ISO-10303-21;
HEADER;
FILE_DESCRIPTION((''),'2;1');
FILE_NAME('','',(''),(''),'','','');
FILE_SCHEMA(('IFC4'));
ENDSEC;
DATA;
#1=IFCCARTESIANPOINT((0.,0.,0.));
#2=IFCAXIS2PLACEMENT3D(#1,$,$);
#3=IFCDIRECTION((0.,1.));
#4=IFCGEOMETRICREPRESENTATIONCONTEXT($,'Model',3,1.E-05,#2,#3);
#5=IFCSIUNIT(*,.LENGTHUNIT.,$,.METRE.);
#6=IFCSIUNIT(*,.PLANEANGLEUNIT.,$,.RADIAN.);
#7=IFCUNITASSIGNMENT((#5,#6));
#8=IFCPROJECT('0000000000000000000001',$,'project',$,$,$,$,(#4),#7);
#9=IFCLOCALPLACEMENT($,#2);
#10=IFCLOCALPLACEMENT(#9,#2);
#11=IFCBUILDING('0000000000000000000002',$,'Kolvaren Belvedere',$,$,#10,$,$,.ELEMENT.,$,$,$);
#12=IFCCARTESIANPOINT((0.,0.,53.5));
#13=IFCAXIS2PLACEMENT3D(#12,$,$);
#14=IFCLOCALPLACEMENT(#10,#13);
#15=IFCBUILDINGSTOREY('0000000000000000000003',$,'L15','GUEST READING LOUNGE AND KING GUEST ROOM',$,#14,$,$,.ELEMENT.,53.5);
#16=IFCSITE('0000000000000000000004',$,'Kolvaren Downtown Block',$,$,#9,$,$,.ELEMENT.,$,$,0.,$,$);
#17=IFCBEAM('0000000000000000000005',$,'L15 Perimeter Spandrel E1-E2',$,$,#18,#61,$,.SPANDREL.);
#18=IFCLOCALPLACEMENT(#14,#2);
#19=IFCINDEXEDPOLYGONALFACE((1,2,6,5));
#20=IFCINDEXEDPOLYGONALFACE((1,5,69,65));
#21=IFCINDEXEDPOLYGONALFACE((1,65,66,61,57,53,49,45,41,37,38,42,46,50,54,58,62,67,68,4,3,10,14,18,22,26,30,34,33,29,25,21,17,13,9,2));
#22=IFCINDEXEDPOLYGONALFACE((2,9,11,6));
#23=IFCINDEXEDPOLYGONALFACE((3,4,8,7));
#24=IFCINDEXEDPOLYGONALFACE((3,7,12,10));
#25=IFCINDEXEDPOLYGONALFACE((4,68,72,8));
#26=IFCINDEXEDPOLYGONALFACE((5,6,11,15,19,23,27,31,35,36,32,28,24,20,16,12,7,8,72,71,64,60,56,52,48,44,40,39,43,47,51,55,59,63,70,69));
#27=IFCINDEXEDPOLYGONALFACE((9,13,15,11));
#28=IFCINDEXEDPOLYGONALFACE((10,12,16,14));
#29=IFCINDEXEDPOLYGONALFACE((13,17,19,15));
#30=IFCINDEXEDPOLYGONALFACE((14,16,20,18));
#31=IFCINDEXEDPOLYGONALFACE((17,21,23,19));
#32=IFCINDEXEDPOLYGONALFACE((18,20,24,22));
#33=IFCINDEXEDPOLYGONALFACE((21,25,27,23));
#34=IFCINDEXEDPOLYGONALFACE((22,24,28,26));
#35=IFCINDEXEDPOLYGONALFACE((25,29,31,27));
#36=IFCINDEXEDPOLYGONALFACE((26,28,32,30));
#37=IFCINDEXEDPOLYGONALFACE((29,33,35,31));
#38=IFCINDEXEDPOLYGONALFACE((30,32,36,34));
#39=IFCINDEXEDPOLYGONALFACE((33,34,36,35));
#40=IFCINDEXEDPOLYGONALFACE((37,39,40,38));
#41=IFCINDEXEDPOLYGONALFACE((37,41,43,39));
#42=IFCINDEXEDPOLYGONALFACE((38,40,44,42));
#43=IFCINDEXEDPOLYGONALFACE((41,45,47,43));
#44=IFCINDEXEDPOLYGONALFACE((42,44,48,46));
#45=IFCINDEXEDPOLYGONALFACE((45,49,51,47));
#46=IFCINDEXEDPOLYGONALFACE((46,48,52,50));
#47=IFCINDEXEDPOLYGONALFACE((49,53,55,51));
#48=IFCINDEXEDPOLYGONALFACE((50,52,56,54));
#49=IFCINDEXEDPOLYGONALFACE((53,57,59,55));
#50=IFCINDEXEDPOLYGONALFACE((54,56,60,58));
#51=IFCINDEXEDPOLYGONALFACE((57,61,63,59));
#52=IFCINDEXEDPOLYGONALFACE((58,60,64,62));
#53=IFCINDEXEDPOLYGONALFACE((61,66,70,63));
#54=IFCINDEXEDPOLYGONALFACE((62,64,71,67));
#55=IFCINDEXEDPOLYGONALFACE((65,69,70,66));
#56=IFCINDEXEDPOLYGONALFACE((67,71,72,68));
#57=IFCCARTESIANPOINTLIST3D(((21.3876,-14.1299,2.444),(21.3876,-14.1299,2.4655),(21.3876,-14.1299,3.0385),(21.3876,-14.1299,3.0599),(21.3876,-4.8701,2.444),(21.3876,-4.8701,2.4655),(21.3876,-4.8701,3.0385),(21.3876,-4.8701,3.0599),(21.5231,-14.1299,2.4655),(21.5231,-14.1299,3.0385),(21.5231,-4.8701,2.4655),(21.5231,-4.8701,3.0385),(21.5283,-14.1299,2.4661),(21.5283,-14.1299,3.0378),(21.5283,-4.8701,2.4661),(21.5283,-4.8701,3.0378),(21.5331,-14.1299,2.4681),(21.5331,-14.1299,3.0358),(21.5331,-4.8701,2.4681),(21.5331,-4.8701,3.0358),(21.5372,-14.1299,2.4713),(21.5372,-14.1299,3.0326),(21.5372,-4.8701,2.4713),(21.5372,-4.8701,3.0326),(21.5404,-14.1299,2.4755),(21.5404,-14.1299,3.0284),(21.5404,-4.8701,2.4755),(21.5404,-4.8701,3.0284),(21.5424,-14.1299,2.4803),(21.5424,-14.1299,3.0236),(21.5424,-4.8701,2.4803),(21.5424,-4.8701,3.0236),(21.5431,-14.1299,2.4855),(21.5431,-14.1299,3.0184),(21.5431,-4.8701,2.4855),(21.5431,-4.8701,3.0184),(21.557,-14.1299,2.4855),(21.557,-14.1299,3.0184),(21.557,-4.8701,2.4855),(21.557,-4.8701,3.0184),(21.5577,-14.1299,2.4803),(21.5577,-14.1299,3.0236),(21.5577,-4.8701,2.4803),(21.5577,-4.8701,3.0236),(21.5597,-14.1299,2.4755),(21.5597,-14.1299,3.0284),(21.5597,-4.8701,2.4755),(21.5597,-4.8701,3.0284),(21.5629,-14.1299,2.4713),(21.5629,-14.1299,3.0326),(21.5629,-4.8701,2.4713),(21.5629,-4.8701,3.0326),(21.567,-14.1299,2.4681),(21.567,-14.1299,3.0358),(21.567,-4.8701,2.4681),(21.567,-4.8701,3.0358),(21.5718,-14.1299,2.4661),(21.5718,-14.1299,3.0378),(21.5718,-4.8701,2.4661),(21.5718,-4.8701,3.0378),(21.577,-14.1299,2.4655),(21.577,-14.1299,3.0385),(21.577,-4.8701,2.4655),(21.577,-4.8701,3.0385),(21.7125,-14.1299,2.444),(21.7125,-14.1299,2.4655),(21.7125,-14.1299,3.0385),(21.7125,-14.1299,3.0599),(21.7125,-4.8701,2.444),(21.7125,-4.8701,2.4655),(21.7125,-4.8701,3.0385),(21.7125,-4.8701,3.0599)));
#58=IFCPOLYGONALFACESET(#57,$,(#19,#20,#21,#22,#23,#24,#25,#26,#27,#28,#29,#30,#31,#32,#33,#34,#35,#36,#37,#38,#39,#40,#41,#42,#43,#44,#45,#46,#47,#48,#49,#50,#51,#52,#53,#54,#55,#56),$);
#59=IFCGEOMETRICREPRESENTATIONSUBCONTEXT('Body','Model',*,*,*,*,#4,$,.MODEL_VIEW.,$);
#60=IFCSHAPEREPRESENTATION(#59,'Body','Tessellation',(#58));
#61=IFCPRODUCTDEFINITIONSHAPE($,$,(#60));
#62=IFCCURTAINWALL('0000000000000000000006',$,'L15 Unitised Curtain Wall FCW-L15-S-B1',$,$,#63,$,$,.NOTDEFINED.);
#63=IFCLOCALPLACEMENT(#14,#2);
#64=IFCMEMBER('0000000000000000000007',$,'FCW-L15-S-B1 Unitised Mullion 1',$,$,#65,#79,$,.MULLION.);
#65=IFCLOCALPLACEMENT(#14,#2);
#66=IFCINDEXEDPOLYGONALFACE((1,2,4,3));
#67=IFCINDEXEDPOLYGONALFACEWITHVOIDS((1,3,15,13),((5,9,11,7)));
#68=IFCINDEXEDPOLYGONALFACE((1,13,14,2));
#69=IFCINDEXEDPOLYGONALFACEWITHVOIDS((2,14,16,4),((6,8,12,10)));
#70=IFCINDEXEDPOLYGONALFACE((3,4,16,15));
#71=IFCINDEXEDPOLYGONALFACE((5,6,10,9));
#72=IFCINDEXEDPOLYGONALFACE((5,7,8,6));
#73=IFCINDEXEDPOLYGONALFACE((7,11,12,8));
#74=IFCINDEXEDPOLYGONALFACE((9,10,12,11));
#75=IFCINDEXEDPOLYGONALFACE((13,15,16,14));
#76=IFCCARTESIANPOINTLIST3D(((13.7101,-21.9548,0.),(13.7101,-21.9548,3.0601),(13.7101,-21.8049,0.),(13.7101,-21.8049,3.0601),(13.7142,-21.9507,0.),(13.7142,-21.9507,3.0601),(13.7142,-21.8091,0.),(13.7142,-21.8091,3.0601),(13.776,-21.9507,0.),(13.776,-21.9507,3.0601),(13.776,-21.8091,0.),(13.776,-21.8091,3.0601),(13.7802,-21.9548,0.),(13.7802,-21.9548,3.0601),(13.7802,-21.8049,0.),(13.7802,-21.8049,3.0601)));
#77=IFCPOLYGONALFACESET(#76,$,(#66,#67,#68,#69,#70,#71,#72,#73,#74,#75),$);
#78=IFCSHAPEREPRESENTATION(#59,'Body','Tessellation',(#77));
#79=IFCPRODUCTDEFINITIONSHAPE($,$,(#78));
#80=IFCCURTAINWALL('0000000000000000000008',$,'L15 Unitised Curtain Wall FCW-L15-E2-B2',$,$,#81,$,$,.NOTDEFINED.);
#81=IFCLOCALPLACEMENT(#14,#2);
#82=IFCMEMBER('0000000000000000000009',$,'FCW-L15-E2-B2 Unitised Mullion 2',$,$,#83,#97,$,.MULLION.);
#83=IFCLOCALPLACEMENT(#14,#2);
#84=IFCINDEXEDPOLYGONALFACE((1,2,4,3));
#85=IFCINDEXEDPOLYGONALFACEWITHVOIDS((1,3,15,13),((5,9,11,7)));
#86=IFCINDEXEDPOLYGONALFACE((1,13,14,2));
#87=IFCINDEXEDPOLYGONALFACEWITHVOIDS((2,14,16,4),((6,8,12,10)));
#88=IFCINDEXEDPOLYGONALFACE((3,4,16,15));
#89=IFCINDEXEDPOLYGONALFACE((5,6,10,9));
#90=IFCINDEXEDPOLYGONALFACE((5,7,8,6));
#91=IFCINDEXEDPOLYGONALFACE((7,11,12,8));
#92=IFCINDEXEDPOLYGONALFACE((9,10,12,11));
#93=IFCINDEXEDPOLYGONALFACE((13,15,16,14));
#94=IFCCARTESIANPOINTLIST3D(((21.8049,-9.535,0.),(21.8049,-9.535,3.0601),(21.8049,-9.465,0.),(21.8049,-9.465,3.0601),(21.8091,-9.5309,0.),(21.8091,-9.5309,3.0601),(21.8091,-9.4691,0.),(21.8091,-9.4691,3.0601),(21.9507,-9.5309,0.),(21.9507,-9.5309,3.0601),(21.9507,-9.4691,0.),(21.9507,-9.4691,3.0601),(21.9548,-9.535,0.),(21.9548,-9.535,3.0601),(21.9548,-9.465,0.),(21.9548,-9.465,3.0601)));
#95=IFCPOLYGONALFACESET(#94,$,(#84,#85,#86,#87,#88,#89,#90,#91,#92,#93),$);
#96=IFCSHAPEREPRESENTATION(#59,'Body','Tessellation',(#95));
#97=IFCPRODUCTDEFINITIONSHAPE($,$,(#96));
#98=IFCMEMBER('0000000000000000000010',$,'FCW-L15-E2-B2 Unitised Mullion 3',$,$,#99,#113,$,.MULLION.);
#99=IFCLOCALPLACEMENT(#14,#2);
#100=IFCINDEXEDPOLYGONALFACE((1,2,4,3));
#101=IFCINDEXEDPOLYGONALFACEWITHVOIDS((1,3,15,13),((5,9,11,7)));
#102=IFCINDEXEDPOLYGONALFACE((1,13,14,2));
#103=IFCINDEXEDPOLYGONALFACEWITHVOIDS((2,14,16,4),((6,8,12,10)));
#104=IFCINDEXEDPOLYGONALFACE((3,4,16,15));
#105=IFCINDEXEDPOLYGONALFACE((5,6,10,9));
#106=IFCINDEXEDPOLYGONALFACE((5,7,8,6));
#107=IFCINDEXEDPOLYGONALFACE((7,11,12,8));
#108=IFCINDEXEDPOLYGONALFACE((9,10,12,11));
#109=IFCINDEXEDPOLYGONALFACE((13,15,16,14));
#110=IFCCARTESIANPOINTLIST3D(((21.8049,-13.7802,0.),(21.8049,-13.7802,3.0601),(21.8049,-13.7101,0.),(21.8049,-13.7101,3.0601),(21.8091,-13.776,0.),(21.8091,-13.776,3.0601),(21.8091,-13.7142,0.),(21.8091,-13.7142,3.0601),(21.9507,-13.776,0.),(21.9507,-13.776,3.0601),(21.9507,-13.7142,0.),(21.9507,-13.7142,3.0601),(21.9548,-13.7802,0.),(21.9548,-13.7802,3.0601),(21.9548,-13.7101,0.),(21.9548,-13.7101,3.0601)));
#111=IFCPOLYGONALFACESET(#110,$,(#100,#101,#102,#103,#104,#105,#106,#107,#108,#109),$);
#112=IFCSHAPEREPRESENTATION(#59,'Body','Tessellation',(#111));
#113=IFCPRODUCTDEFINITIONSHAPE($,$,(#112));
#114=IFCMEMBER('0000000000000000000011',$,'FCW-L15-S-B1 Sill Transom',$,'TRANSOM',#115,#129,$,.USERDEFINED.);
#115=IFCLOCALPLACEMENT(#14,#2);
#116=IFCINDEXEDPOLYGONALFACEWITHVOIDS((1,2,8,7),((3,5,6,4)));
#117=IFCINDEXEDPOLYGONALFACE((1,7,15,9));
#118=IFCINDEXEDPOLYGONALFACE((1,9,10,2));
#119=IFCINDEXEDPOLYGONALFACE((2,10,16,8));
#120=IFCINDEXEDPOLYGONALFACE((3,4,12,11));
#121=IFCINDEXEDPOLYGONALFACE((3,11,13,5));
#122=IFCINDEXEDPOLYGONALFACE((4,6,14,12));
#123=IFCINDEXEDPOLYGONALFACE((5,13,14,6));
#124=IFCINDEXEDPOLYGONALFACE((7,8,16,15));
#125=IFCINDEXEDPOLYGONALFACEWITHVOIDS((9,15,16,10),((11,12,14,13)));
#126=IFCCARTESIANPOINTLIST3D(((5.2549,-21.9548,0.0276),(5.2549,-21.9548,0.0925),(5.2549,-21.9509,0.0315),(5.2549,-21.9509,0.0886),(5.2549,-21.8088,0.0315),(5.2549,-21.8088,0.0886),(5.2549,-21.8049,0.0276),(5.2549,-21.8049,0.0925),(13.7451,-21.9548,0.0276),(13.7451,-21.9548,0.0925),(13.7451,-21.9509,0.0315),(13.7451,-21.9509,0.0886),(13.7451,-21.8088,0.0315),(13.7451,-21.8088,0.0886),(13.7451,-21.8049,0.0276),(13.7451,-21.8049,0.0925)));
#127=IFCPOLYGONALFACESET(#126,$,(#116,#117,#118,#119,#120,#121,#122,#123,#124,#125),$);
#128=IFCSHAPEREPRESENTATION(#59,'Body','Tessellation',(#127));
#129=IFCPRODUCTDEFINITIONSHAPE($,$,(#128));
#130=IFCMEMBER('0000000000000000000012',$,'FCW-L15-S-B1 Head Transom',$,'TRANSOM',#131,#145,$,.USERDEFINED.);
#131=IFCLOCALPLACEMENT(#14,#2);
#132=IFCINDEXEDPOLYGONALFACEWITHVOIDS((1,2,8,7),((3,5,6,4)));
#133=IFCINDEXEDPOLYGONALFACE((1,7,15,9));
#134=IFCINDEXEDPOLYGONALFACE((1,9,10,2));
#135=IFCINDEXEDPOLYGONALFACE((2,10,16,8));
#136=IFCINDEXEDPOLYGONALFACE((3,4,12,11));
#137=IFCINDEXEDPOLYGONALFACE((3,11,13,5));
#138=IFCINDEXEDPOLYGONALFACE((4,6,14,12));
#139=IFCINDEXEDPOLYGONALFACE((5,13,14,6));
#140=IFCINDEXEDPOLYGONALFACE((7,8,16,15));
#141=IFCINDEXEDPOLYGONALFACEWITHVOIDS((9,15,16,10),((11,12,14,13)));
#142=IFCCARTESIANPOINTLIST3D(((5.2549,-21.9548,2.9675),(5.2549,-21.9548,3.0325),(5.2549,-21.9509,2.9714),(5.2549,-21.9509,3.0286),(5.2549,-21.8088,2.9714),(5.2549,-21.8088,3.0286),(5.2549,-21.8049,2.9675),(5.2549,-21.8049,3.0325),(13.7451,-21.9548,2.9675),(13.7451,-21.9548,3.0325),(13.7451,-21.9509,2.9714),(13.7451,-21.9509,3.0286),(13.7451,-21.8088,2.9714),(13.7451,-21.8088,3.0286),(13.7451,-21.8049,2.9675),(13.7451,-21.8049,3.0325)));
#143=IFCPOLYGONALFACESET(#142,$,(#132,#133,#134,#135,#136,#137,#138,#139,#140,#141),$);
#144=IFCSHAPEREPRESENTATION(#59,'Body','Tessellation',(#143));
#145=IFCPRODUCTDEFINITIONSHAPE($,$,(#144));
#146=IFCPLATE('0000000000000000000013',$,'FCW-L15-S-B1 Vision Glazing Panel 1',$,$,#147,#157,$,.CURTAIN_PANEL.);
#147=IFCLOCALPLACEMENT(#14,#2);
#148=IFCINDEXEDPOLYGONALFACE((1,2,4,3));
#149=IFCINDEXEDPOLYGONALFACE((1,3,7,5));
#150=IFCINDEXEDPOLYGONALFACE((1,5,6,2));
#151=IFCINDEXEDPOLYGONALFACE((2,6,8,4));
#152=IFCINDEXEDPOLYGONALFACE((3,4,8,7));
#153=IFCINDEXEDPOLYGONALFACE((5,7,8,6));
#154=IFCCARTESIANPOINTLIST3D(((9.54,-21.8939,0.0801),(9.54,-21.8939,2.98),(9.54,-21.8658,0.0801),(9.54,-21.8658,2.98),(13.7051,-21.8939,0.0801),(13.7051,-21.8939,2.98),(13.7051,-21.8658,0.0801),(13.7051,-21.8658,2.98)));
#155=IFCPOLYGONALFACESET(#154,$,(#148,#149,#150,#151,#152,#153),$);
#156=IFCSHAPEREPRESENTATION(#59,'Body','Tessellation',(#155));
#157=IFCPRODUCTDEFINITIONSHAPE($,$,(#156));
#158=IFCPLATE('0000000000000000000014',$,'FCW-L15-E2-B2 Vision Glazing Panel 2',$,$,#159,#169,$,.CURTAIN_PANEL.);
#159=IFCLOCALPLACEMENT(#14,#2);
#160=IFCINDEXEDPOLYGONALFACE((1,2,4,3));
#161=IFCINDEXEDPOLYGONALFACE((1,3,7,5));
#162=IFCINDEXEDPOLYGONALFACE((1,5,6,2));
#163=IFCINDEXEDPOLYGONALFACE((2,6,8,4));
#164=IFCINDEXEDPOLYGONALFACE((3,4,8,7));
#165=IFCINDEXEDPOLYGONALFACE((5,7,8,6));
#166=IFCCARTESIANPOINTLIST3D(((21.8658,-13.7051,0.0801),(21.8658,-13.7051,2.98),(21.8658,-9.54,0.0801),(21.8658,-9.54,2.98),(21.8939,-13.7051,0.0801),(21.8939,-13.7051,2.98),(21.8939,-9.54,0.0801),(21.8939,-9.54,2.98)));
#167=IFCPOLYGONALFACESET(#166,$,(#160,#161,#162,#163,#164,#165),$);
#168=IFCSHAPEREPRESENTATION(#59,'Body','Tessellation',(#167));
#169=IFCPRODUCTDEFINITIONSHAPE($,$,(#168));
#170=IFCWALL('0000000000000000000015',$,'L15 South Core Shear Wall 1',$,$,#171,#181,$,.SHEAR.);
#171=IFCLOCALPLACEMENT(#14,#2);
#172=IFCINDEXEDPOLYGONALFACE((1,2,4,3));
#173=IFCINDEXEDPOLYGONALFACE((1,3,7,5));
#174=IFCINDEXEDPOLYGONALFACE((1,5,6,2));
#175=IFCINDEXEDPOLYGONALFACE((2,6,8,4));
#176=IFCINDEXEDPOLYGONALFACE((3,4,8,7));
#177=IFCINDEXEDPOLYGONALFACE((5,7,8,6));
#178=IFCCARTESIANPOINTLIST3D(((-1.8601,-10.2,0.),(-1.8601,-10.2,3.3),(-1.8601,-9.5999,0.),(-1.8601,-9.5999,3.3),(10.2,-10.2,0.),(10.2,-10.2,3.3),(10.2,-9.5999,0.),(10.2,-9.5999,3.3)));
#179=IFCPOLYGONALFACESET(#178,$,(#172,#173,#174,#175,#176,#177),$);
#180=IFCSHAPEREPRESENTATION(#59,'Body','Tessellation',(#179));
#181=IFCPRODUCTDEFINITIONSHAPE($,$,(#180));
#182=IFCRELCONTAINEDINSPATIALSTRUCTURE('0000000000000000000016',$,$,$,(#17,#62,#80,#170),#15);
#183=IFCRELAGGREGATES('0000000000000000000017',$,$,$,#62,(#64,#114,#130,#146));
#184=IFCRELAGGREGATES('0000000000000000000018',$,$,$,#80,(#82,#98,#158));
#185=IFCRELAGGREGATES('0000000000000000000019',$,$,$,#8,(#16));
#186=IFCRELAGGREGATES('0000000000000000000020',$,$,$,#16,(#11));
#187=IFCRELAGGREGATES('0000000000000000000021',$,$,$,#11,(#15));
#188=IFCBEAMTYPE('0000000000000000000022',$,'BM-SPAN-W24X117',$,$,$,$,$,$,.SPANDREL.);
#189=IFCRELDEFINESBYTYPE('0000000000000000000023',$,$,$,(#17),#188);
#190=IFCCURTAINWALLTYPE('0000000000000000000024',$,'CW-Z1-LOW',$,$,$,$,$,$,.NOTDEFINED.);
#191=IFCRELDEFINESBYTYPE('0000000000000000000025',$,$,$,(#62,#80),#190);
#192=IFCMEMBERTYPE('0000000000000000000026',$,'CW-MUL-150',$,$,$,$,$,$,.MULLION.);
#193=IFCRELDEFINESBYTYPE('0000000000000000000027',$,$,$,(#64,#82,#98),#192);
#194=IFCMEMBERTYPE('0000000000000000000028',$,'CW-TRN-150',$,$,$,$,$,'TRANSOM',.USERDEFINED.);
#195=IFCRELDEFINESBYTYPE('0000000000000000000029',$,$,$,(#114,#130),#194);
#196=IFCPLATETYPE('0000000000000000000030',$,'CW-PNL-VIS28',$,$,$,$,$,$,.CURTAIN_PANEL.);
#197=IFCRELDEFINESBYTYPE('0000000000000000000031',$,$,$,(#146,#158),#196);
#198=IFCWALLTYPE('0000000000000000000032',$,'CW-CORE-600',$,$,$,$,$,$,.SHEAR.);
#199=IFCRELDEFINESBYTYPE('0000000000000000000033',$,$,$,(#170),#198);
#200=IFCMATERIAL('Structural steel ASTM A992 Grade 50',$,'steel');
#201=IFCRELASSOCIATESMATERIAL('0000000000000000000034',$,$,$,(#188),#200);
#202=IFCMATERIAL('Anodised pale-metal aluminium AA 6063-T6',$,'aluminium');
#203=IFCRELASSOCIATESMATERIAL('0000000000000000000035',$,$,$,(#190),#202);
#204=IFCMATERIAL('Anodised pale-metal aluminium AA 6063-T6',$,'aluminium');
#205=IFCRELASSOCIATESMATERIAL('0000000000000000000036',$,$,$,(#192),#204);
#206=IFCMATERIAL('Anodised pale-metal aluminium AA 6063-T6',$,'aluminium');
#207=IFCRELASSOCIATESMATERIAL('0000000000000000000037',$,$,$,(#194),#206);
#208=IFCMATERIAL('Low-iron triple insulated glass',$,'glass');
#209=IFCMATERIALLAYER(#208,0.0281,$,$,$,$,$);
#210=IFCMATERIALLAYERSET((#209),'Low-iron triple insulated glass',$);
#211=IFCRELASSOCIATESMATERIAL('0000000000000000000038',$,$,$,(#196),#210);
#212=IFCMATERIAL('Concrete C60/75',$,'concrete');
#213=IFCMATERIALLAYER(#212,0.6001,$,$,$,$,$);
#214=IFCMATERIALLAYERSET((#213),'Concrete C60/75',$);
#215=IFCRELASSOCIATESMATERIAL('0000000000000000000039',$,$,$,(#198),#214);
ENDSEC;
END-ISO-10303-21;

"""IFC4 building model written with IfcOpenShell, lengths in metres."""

from ifc_helpers import new_model, si_unit, direction, frame, frame_2d, origin, origin_2d, place, context, subcontext, project, spatial, rectangle, hollow_rectangle, i_section, extrude, material, layer, layer_set, material_profile, profile_set, type_object, element, aggregate, save


model = new_model("IFC4")

# Units and contexts
model_context = context("Model", 3, precision=1e-05, world=origin(), true_north=direction((0.0, 1.0)))
body_context = subcontext(model_context, "Body", "Model", "MODEL_VIEW")
ifc_project = project(units=[si_unit("LENGTHUNIT", "METRE"), si_unit("PLANEANGLEUNIT", "RADIAN")], contexts=[model_context])

# Site, building, storey
site_placement = place(None, origin())
site = spatial("IfcSite", under=ifc_project, at=site_placement, Name="Kolvaren Downtown Block", CompositionType="ELEMENT", RefElevation=0.0)
building_placement = place(site_placement, origin())
building = spatial("IfcBuilding", under=site, at=building_placement, Name="Kolvaren Belvedere", CompositionType="ELEMENT")
storey_placement = place(building_placement, frame((0.0, 0.0, 53.5)))
storey = spatial("IfcBuildingStorey", under=building, at=storey_placement, Name="L15", Description="GUEST READING LOUNGE AND KING GUEST ROOM", CompositionType="ELEMENT", Elevation=53.5)

# Beam
ifc_material_1 = material(Name="Structural steel ASTM A992 Grade 50", Category="steel")
ifc_material_profile_1 = material_profile(ifc_material_1, i_section(OverallWidth=0.325, OverallDepth=0.616, WebThickness=0.0139, FlangeThickness=0.0215, FilletRadius=0.02, at=origin_2d()), Name="W24X117")
ifc_profile_set_1 = profile_set([ifc_material_profile_1], Name="Structural steel ASTM A992 Grade 50")
beam_type_1 = type_object("IfcBeamType", Name="BM-SPAN-W24X117", PredefinedType="SPANDREL", material=ifc_profile_set_1)
beam_1_placement = place(storey_placement, frame((21.55, -14.1299, 2.752), z_axis=(0.0, 1.0, 0.0), x_axis=(-1.0, 0.0, 0.0)))
element("IfcBeam", 1, at=beam_1_placement, inside=storey, type_object=beam_type_1, Name="L15 Perimeter Spandrel E1-E2", PredefinedType="SPANDREL", context=body_context, shape_type="SweptSolid", body=[
    extrude(i_section(OverallWidth=0.325, OverallDepth=0.616, WebThickness=0.0139, FlangeThickness=0.0215, FilletRadius=0.02, at=origin_2d()), origin(), (0.0, 0.0, 1.0), 9.2598),
])

# Curtain wall, member
ifc_material_2 = material(Name="Anodised pale-metal aluminium AA 6063-T6", Category="aluminium")
curtain_wall_type = type_object("IfcCurtainWallType", Name="CW-Z1-LOW", PredefinedType="NOTDEFINED", material=ifc_material_2)
curtain_wall_1_placement = place(storey_placement, origin())
curtain_wall_1 = element("IfcCurtainWall", 2, at=curtain_wall_1_placement, inside=storey, type_object=curtain_wall_type, Name="L15 Unitised Curtain Wall FCW-L15-S-B1", PredefinedType="NOTDEFINED")
ifc_material_3 = material(Name="Anodised pale-metal aluminium AA 6063-T6", Category="aluminium")
ifc_material_profile_2 = material_profile(ifc_material_3, hollow_rectangle(XDim=0.0701, YDim=0.1499, WallThickness=0.0042, at=origin_2d()), Name="ALU-MUL-150X70")
ifc_profile_set_2 = profile_set([ifc_material_profile_2], Name="Anodised pale-metal aluminium AA 6063-T6")
member_type_1 = type_object("IfcMemberType", Name="CW-MUL-150", PredefinedType="MULLION", material=ifc_profile_set_2)
member_1_placement = place(storey_placement, frame((13.7451, -21.8799, 0.0), z_axis=(0.0, 0.0, 1.0), x_axis=(1.0, 0.0, 0.0)))
member_1 = element("IfcMember", 3, at=member_1_placement, type_object=member_type_1, Name="FCW-L15-S-B1 Unitised Mullion 1", PredefinedType="MULLION", context=body_context, shape_type="SweptSolid", body=[
    extrude(hollow_rectangle(XDim=0.0701, YDim=0.1499, WallThickness=0.0042, at=origin_2d()), origin(), (0.0, 0.0, 1.0), 3.0601),
])

# Curtain wall, members
curtain_wall_2_placement = place(storey_placement, origin())
curtain_wall_2 = element("IfcCurtainWall", 4, at=curtain_wall_2_placement, inside=storey, type_object=curtain_wall_type, Name="L15 Unitised Curtain Wall FCW-L15-E2-B2", PredefinedType="NOTDEFINED")
member_2_placement = place(storey_placement, frame((21.8799, -9.5, 0.0), z_axis=(0.0, 0.0, 1.0), x_axis=(0.0, 1.0, 0.0)))
member_2 = element("IfcMember", 5, at=member_2_placement, type_object=member_type_1, Name="FCW-L15-E2-B2 Unitised Mullion 2", PredefinedType="MULLION", context=body_context, shape_type="SweptSolid", body=[
    extrude(hollow_rectangle(XDim=0.0701, YDim=0.1499, WallThickness=0.0042, at=origin_2d()), origin(), (0.0, 0.0, 1.0), 3.0601),
])
member_3_placement = place(storey_placement, frame((21.8799, -13.7451, 0.0), z_axis=(0.0, 0.0, 1.0), x_axis=(0.0, 1.0, 0.0)))
member_3 = element("IfcMember", 6, at=member_3_placement, type_object=member_type_1, Name="FCW-L15-E2-B2 Unitised Mullion 3", PredefinedType="MULLION", context=body_context, shape_type="SweptSolid", body=[
    extrude(hollow_rectangle(XDim=0.0701, YDim=0.1499, WallThickness=0.0042, at=origin_2d()), origin(), (0.0, 0.0, 1.0), 3.0601),
])

# Members
ifc_material_4 = material(Name="Anodised pale-metal aluminium AA 6063-T6", Category="aluminium")
ifc_material_profile_3 = material_profile(ifc_material_4, hollow_rectangle(XDim=0.0649, YDim=0.1499, WallThickness=0.0039, at=origin_2d()), Name="ALU-TRN-150X65")
ifc_profile_set_3 = profile_set([ifc_material_profile_3], Name="Anodised pale-metal aluminium AA 6063-T6")
member_type_2 = type_object("IfcMemberType", Name="CW-TRN-150", ElementType="TRANSOM", PredefinedType="USERDEFINED", material=ifc_profile_set_3)
member_4_placement = place(storey_placement, frame((13.7451, -21.8799, 0.0601), z_axis=(-1.0, 0.0, 0.0), x_axis=(0.0, 0.0, 1.0)))
member_4 = element("IfcMember", 7, at=member_4_placement, type_object=member_type_2, Name="FCW-L15-S-B1 Sill Transom", ObjectType="TRANSOM", PredefinedType="USERDEFINED", context=body_context, shape_type="SweptSolid", body=[
    extrude(hollow_rectangle(XDim=0.0649, YDim=0.1499, WallThickness=0.0039, at=origin_2d()), origin(), (0.0, 0.0, 1.0), 8.4902),
])
member_5_placement = place(storey_placement, frame((13.7451, -21.8799, 3.0), z_axis=(-1.0, 0.0, 0.0), x_axis=(0.0, 0.0, 1.0)))
member_5 = element("IfcMember", 8, at=member_5_placement, type_object=member_type_2, Name="FCW-L15-S-B1 Head Transom", ObjectType="TRANSOM", PredefinedType="USERDEFINED", context=body_context, shape_type="SweptSolid", body=[
    extrude(hollow_rectangle(XDim=0.0649, YDim=0.1499, WallThickness=0.0039, at=origin_2d()), origin(), (0.0, 0.0, 1.0), 8.4902),
])

# Plates
ifc_material_5 = material(Name="Low-iron triple insulated glass", Category="glass")
ifc_layer_1 = layer(ifc_material_5, 0.0281)
ifc_layer_set_1 = layer_set([ifc_layer_1], Name="Low-iron triple insulated glass")
plate_type = type_object("IfcPlateType", Name="CW-PNL-VIS28", PredefinedType="CURTAIN_PANEL", material=ifc_layer_set_1)
plate_1_placement = place(storey_placement, frame((11.6226, -21.8799, 0.0801), z_axis=(0.0, 0.0, 1.0), x_axis=(-1.0, 0.0, 0.0)))
plate_1 = element("IfcPlate", 9, at=plate_1_placement, type_object=plate_type, Name="FCW-L15-S-B1 Vision Glazing Panel 1", PredefinedType="CURTAIN_PANEL", context=body_context, shape_type="SweptSolid", body=[
    extrude(rectangle(XDim=4.165, YDim=0.0281, at=origin_2d()), origin(), (0.0, 0.0, 1.0), 2.8999),
])
aggregate(curtain_wall_1, [member_1, member_4, member_5, plate_1])
plate_2_placement = place(storey_placement, frame((21.8799, -11.6226, 0.0801), z_axis=(0.0, 0.0, 1.0), x_axis=(0.0, -1.0, 0.0)))
plate_2 = element("IfcPlate", 10, at=plate_2_placement, type_object=plate_type, Name="FCW-L15-E2-B2 Vision Glazing Panel 2", PredefinedType="CURTAIN_PANEL", context=body_context, shape_type="SweptSolid", body=[
    extrude(rectangle(XDim=4.165, YDim=0.0281, at=origin_2d()), origin(), (0.0, 0.0, 1.0), 2.8999),
])
aggregate(curtain_wall_2, [member_2, member_3, plate_2])

# Wall
ifc_material_6 = material(Name="Concrete C60/75", Category="concrete")
ifc_layer_2 = layer(ifc_material_6, 0.6001)
ifc_layer_set_2 = layer_set([ifc_layer_2], Name="Concrete C60/75")
wall_type_1 = type_object("IfcWallType", Name="CW-CORE-600", PredefinedType="SHEAR", material=ifc_layer_set_2)
wall_1_placement = place(storey_placement, frame((10.2, -9.8999, 0.0), z_axis=(0.0, 0.0, 1.0), x_axis=(-1.0, 0.0, 0.0)))
element("IfcWall", 11, at=wall_1_placement, inside=storey, type_object=wall_type_1, Name="L15 South Core Shear Wall 1", PredefinedType="SHEAR", context=body_context, shape_type="SweptSolid", body=[
    extrude(rectangle(XDim=12.0601, YDim=0.6001, at=frame_2d((6.03, 0.0))), origin(), (0.0, 0.0, 1.0), 3.3),
])

save(model, "model.ifc")
